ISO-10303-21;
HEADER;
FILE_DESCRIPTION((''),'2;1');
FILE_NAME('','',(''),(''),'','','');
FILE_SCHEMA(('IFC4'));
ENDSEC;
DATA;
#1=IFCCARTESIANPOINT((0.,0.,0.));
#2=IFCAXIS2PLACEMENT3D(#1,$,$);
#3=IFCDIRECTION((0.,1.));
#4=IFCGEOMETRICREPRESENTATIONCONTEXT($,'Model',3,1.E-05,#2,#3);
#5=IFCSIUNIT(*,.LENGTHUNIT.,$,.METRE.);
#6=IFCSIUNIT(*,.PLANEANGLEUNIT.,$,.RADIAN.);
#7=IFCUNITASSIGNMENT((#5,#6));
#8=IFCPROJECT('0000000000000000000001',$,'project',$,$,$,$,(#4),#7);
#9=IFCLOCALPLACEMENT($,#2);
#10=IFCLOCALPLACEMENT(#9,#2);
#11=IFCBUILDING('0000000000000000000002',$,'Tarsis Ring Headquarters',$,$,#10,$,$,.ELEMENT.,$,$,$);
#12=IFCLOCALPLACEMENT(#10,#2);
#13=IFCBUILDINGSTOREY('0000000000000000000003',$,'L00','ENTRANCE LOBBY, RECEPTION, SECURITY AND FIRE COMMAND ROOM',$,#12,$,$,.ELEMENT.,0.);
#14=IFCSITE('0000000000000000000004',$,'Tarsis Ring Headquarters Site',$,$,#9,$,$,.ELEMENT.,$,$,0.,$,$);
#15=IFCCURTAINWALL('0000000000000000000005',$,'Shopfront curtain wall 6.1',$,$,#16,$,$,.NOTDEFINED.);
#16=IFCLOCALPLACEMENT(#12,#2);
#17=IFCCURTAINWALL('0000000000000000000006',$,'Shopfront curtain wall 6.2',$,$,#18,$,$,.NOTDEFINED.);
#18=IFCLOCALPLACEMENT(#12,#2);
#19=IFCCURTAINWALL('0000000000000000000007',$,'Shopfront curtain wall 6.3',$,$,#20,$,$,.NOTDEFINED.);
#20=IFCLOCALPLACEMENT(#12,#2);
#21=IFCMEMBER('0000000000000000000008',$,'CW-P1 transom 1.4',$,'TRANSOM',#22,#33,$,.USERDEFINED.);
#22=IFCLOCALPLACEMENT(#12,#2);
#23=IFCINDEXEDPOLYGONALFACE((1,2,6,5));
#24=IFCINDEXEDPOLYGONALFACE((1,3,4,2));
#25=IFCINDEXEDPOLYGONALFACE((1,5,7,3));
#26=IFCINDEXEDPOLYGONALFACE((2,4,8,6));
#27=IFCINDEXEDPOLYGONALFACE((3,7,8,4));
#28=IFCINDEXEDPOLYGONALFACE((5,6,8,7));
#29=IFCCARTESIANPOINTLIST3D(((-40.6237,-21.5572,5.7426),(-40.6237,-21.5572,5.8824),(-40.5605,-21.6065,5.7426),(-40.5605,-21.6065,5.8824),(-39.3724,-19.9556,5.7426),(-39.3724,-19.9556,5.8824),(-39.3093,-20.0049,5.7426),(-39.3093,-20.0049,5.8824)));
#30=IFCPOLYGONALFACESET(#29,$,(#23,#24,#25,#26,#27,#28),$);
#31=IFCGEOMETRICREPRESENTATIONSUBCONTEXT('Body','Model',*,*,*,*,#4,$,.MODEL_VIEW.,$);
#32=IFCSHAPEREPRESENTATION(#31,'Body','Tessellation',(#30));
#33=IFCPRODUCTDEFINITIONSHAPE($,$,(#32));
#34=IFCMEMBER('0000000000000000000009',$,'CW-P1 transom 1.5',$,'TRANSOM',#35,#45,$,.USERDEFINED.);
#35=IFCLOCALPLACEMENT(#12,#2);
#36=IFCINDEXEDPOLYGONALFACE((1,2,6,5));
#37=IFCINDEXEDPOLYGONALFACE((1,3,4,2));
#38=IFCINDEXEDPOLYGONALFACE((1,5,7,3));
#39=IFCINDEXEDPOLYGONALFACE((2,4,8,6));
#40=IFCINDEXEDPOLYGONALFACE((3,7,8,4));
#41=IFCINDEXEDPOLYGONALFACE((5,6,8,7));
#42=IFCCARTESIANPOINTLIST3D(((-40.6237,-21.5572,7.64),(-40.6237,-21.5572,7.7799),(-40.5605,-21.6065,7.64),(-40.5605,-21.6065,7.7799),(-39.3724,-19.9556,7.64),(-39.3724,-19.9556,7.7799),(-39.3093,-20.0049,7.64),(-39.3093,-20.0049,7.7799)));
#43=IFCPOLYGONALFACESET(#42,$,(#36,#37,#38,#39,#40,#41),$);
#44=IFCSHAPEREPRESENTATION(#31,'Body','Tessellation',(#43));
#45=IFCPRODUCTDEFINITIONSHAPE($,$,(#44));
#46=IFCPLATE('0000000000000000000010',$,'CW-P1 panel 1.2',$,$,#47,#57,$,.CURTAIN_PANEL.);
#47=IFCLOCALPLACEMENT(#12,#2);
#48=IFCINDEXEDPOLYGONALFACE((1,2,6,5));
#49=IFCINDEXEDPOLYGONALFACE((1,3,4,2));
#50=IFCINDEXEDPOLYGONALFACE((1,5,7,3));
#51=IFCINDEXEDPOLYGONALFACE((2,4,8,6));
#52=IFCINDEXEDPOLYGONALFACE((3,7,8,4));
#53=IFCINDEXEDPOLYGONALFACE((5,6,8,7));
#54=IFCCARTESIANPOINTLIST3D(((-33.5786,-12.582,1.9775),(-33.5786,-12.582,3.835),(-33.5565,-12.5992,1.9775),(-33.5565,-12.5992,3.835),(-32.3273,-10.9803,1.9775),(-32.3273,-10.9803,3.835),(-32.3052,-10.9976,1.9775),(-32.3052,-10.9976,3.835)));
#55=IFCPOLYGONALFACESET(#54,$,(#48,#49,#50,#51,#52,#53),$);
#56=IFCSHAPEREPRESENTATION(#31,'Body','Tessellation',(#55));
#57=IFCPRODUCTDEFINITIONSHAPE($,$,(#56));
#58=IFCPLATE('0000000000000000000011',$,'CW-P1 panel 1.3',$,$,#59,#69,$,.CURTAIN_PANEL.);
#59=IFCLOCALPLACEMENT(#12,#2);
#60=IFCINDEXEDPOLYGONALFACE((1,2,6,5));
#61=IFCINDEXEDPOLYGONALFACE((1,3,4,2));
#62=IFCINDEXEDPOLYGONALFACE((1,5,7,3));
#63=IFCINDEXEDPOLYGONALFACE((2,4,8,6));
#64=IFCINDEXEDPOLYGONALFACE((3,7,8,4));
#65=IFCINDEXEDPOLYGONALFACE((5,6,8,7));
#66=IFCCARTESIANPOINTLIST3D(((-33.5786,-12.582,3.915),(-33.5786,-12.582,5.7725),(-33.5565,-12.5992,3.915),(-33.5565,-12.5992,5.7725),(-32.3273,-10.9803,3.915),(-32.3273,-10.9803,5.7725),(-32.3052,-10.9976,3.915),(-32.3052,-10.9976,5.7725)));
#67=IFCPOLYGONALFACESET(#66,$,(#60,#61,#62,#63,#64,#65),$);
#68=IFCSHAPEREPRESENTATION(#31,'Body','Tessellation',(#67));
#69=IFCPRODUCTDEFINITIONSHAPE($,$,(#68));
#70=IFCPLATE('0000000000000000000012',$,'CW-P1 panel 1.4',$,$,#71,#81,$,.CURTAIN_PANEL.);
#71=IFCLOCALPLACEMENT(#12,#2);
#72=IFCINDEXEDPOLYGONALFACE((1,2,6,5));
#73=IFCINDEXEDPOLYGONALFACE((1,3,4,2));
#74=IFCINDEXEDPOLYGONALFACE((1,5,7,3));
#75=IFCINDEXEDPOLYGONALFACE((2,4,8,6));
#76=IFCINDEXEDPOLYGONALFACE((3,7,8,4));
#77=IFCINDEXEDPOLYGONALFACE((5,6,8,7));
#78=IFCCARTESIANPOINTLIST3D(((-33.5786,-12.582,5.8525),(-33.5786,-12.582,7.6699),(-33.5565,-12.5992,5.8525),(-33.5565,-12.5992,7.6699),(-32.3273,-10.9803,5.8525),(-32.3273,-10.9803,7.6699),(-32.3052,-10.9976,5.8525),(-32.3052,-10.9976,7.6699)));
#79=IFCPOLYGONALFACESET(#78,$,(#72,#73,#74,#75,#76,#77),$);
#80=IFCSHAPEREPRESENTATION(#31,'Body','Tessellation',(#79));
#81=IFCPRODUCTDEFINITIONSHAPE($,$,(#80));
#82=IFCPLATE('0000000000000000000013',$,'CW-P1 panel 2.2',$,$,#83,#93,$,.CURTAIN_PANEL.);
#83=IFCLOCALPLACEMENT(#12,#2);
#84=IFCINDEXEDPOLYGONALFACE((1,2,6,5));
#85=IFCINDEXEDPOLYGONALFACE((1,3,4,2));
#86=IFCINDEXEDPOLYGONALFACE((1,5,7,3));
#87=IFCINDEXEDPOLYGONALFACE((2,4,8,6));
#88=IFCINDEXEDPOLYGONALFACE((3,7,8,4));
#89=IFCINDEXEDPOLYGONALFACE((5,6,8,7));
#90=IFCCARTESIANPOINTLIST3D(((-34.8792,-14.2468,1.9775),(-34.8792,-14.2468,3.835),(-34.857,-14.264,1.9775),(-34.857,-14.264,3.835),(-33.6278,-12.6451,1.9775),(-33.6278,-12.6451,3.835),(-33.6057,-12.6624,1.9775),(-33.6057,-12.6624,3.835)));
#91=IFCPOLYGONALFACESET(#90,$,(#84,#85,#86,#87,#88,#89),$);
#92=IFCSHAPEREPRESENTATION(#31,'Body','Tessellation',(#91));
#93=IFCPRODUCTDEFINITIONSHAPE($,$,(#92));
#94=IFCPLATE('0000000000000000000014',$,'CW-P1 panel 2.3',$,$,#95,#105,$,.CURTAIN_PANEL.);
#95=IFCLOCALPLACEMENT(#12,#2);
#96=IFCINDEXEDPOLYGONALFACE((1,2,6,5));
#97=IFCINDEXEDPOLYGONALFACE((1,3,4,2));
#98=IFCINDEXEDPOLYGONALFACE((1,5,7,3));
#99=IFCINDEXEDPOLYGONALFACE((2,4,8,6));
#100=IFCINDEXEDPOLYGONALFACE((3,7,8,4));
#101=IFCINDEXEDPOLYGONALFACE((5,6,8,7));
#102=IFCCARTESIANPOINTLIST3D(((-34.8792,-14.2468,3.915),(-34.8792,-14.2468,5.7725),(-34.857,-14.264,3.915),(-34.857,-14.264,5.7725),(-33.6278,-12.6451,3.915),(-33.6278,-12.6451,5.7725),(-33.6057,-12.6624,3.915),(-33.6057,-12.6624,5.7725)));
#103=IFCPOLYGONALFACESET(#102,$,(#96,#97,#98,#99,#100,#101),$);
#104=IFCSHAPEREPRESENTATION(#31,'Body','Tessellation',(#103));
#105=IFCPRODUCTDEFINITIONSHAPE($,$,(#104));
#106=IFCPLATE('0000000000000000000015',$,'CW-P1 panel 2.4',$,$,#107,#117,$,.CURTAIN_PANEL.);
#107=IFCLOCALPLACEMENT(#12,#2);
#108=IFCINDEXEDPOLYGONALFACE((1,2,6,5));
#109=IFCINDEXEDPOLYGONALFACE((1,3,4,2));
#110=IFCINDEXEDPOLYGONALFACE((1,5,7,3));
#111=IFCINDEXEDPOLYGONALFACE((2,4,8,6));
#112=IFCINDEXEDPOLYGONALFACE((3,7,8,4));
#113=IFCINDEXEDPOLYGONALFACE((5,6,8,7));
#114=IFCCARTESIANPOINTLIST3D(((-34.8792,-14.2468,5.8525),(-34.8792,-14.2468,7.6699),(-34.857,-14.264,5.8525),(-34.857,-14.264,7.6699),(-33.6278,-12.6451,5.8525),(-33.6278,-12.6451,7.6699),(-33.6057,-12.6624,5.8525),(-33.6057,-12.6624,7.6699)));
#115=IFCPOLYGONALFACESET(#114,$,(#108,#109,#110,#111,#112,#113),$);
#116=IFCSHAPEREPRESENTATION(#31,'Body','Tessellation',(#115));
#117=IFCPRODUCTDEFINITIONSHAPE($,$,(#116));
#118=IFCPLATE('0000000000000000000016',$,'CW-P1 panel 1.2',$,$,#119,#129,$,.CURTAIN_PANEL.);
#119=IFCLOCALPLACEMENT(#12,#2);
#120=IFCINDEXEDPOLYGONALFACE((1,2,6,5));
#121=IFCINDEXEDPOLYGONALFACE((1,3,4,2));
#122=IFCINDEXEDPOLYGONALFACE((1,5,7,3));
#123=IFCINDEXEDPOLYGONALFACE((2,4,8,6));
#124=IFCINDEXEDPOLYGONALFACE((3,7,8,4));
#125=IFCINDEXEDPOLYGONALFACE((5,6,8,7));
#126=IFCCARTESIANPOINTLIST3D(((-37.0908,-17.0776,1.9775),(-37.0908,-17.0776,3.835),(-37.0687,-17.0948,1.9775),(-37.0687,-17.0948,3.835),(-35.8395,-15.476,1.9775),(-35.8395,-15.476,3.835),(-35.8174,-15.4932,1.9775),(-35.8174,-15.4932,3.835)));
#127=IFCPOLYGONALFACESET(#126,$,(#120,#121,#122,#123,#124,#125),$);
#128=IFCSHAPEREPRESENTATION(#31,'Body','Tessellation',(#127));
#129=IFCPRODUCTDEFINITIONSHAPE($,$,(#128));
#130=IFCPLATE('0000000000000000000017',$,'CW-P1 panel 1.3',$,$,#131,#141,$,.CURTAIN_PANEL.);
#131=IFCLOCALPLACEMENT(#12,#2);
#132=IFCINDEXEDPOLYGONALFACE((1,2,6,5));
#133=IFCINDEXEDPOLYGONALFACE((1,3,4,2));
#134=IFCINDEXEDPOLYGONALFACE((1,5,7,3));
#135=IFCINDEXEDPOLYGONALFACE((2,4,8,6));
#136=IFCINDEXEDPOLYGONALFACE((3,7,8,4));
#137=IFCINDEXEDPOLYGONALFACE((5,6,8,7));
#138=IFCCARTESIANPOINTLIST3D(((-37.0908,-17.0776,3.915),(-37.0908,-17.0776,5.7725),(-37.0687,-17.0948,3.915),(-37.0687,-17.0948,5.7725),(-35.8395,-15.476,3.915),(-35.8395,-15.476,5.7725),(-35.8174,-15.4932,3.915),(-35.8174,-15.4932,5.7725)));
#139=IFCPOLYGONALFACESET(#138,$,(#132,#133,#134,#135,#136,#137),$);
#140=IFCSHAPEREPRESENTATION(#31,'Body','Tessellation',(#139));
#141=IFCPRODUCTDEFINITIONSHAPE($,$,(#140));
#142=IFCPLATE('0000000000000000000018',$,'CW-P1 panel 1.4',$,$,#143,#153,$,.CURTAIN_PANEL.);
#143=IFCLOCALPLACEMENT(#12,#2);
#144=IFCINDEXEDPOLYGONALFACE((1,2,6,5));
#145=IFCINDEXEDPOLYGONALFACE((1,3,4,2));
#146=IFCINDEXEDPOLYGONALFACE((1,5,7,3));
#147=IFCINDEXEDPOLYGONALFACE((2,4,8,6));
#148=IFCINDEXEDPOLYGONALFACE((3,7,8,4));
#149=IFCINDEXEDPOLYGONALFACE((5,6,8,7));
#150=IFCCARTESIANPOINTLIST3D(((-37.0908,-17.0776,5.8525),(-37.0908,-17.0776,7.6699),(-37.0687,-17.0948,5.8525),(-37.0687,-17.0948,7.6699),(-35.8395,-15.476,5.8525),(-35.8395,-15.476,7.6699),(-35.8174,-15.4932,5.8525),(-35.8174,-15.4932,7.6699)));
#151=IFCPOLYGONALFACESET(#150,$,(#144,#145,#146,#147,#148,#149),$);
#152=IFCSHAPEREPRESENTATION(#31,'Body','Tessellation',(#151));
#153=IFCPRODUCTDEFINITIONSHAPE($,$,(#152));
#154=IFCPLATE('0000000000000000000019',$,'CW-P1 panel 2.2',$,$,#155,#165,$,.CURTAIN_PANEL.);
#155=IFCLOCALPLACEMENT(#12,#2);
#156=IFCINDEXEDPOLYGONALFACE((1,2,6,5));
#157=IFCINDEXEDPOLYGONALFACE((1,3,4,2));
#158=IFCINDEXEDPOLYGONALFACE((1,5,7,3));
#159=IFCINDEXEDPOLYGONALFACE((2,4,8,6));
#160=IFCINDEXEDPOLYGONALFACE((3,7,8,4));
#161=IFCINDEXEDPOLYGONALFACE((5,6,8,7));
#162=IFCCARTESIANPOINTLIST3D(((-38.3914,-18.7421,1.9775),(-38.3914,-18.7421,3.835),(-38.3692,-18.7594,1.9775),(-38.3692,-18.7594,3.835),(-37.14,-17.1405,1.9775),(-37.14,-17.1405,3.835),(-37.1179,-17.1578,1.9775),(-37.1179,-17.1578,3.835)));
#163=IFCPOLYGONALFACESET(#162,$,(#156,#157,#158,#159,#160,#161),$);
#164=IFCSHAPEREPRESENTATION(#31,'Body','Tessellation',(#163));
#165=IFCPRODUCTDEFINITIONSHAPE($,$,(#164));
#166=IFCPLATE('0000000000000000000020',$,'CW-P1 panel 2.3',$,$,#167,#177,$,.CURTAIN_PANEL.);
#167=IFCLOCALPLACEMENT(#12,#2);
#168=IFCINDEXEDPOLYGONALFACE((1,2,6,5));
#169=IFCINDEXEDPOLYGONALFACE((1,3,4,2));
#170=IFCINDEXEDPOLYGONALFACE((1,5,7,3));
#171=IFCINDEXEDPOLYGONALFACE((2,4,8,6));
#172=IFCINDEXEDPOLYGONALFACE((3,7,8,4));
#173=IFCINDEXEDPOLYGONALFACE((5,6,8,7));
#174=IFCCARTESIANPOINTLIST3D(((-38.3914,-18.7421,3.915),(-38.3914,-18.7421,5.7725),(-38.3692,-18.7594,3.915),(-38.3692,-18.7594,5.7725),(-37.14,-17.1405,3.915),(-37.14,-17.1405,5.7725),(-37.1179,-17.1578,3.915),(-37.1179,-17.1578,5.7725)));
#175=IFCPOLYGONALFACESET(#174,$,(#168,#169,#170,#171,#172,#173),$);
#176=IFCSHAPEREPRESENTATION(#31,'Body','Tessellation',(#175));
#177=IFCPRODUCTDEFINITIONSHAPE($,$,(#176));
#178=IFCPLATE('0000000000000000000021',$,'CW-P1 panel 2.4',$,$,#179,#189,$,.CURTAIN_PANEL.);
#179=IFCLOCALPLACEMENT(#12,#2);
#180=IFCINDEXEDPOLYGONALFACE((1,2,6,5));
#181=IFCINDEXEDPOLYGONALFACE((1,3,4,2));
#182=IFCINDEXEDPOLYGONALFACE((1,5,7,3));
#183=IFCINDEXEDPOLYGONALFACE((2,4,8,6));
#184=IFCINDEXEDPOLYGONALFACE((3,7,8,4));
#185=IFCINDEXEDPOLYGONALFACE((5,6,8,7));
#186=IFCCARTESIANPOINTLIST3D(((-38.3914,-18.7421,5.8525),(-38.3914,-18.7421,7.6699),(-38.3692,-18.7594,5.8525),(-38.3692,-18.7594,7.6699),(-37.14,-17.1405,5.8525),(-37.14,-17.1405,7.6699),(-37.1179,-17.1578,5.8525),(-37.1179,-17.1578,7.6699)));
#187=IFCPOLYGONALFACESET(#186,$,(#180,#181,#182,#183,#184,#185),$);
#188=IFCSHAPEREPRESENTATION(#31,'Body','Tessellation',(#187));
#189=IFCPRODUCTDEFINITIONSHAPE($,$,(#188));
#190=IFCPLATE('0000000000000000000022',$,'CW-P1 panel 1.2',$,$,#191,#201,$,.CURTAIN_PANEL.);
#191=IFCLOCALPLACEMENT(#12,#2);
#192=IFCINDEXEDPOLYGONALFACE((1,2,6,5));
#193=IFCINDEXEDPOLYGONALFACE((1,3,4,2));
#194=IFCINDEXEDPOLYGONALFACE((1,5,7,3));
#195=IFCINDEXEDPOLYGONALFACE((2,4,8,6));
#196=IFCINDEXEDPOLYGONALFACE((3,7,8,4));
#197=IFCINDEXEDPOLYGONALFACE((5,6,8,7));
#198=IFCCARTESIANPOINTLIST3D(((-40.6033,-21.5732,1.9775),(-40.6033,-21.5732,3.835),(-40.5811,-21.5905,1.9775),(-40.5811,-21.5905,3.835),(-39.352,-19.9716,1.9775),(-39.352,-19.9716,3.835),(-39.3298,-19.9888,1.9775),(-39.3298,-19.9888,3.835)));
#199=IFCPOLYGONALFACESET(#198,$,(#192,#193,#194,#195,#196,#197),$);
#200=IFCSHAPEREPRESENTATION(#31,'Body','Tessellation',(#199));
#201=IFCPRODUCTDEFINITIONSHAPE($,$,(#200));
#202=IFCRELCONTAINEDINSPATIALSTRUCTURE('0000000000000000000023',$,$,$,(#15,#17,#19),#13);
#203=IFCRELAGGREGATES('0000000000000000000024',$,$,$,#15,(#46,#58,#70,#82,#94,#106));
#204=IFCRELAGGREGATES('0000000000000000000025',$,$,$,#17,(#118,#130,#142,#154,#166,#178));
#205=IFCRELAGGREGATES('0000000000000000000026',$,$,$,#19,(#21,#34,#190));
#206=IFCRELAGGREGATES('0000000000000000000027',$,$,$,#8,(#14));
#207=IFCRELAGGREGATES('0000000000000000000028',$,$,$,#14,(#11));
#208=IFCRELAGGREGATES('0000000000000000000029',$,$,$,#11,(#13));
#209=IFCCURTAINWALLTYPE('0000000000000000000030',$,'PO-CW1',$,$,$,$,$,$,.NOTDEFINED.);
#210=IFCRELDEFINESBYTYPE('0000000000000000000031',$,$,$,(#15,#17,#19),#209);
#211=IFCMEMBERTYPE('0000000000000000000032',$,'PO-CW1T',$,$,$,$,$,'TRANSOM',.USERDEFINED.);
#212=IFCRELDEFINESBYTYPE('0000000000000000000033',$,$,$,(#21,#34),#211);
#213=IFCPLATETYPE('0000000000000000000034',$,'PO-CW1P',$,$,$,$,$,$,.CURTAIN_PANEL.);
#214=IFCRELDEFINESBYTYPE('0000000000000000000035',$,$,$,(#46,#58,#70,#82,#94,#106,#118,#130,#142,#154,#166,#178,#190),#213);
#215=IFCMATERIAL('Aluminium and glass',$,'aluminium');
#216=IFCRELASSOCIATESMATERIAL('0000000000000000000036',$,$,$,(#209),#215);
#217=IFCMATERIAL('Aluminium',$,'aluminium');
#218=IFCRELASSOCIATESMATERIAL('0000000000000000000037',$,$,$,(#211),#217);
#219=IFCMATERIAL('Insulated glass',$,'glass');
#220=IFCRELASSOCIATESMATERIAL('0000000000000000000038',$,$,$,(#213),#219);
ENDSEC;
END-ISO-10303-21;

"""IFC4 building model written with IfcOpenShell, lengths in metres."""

from ifc_helpers import new_model, si_unit, direction, frame, origin, origin_2d, place, context, subcontext, project, spatial, rectangle, extrude, material, material_profile, profile_set, type_object, element, aggregate, save


model = new_model("IFC4")

# Units and contexts
model_context = context("Model", 3, precision=1e-05, world=origin(), true_north=direction((0.0, 1.0)))
body_context = subcontext(model_context, "Body", "Model", "MODEL_VIEW")
ifc_project = project(units=[si_unit("LENGTHUNIT", "METRE"), si_unit("PLANEANGLEUNIT", "RADIAN")], contexts=[model_context])

# Site, building, storey
site_placement = place(None, origin())
site = spatial("IfcSite", under=ifc_project, at=site_placement, Name="Tarsis Ring Headquarters Site", CompositionType="ELEMENT", RefElevation=0.0)
building_placement = place(site_placement, origin())
building = spatial("IfcBuilding", under=site, at=building_placement, Name="Tarsis Ring Headquarters", CompositionType="ELEMENT")
storey_placement = place(building_placement, origin())
storey = spatial("IfcBuildingStorey", under=building, at=storey_placement, Name="L00", Description="ENTRANCE LOBBY, RECEPTION, SECURITY AND FIRE COMMAND ROOM", CompositionType="ELEMENT", Elevation=0.0)

# Curtain walls, members
ifc_material_1 = material(Name="Aluminium and glass", Category="aluminium")
curtain_wall_type = type_object("IfcCurtainWallType", Name="PO-CW1", PredefinedType="NOTDEFINED", material=ifc_material_1)
curtain_wall_1_placement = place(storey_placement, origin())
curtain_wall_1 = element("IfcCurtainWall", 1, at=curtain_wall_1_placement, inside=storey, type_object=curtain_wall_type, Name="Shopfront curtain wall 6.1", PredefinedType="NOTDEFINED")
ifc_material_2 = material(Name="Aluminium", Category="aluminium")
ifc_material_profile = material_profile(ifc_material_2, rectangle(XDim=0.0801, YDim=0.1399, at=origin_2d()), Name="PO-CW1T")
ifc_profile_set = profile_set([ifc_material_profile], Name="Aluminium")
member_type = type_object("IfcMemberType", Name="PO-CW1T", ElementType="TRANSOM", PredefinedType="USERDEFINED", material=ifc_profile_set)
curtain_wall_2_placement = place(storey_placement, origin())
curtain_wall_2 = element("IfcCurtainWall", 2, at=curtain_wall_2_placement, inside=storey, type_object=curtain_wall_type, Name="Shopfront curtain wall 6.2", PredefinedType="NOTDEFINED")
curtain_wall_3_placement = place(storey_placement, origin())
curtain_wall_3 = element("IfcCurtainWall", 3, at=curtain_wall_3_placement, inside=storey, type_object=curtain_wall_type, Name="Shopfront curtain wall 6.3", PredefinedType="NOTDEFINED")
member_1_placement = place(storey_placement, frame((-39.3408, -19.9802, 5.8125), z_axis=(-0.615644, -0.788024, 0.0), x_axis=(0.788024, -0.615644, 0.0)))
member_1 = element("IfcMember", 4, at=member_1_placement, type_object=member_type, Name="CW-P1 transom 1.4", ObjectType="TRANSOM", PredefinedType="USERDEFINED", context=body_context, shape_type="SweptSolid", body=[
    extrude(rectangle(XDim=0.0801, YDim=0.1399, at=origin_2d()), origin(), (0.0, 0.0, 1.0), 2.0325),
])
member_2_placement = place(storey_placement, frame((-39.3408, -19.9802, 7.71), z_axis=(-0.615644, -0.788024, 0.0), x_axis=(0.788024, -0.615644, 0.0)))
member_2 = element("IfcMember", 5, at=member_2_placement, type_object=member_type, Name="CW-P1 transom 1.5", ObjectType="TRANSOM", PredefinedType="USERDEFINED", context=body_context, shape_type="SweptSolid", body=[
    extrude(rectangle(XDim=0.0801, YDim=0.1399, at=origin_2d()), origin(), (0.0, 0.0, 1.0), 2.0325),
])

# Plates
ifc_material_3 = material(Name="Insulated glass", Category="glass")
plate_type = type_object("IfcPlateType", Name="PO-CW1P", PredefinedType="CURTAIN_PANEL", material=ifc_material_3)
plate_1_placement = place(storey_placement, frame((-32.9419, -11.7898, 1.9775), z_axis=(0.0, 0.0, 1.0), x_axis=(-0.615662, -0.788011, 0.0)))
plate_1 = element("IfcPlate", 6, at=plate_1_placement, type_object=plate_type, Name="CW-P1 panel 1.2", PredefinedType="CURTAIN_PANEL", context=body_context, shape_type="SweptSolid", body=[
    extrude(rectangle(XDim=2.0325, YDim=0.0281, at=origin_2d()), origin(), (0.0, 0.0, 1.0), 1.8574),
])
plate_2_placement = place(storey_placement, frame((-32.9419, -11.7898, 3.915), z_axis=(0.0, 0.0, 1.0), x_axis=(-0.615662, -0.788011, 0.0)))
plate_2 = element("IfcPlate", 7, at=plate_2_placement, type_object=plate_type, Name="CW-P1 panel 1.3", PredefinedType="CURTAIN_PANEL", context=body_context, shape_type="SweptSolid", body=[
    extrude(rectangle(XDim=2.0325, YDim=0.0281, at=origin_2d()), origin(), (0.0, 0.0, 1.0), 1.8574),
])
plate_3_placement = place(storey_placement, frame((-32.9419, -11.7898, 5.8525), z_axis=(0.0, 0.0, 1.0), x_axis=(-0.615662, -0.788011, 0.0)))
plate_3 = element("IfcPlate", 8, at=plate_3_placement, type_object=plate_type, Name="CW-P1 panel 1.4", PredefinedType="CURTAIN_PANEL", context=body_context, shape_type="SweptSolid", body=[
    extrude(rectangle(XDim=2.0325, YDim=0.0281, at=origin_2d()), origin(), (0.0, 0.0, 1.0), 1.8174),
])
plate_4_placement = place(storey_placement, frame((-34.2424, -13.4546, 1.9775), z_axis=(0.0, 0.0, 1.0), x_axis=(-0.615662, -0.788011, 0.0)))
plate_4 = element("IfcPlate", 9, at=plate_4_placement, type_object=plate_type, Name="CW-P1 panel 2.2", PredefinedType="CURTAIN_PANEL", context=body_context, shape_type="SweptSolid", body=[
    extrude(rectangle(XDim=2.0325, YDim=0.0281, at=origin_2d()), origin(), (0.0, 0.0, 1.0), 1.8574),
])
plate_5_placement = place(storey_placement, frame((-34.2424, -13.4546, 3.915), z_axis=(0.0, 0.0, 1.0), x_axis=(-0.615662, -0.788011, 0.0)))
plate_5 = element("IfcPlate", 10, at=plate_5_placement, type_object=plate_type, Name="CW-P1 panel 2.3", PredefinedType="CURTAIN_PANEL", context=body_context, shape_type="SweptSolid", body=[
    extrude(rectangle(XDim=2.0325, YDim=0.0281, at=origin_2d()), origin(), (0.0, 0.0, 1.0), 1.8574),
])
plate_6_placement = place(storey_placement, frame((-34.2424, -13.4546, 5.8525), z_axis=(0.0, 0.0, 1.0), x_axis=(-0.615662, -0.788011, 0.0)))
plate_6 = element("IfcPlate", 11, at=plate_6_placement, type_object=plate_type, Name="CW-P1 panel 2.4", PredefinedType="CURTAIN_PANEL", context=body_context, shape_type="SweptSolid", body=[
    extrude(rectangle(XDim=2.0325, YDim=0.0281, at=origin_2d()), origin(), (0.0, 0.0, 1.0), 1.8174),
])
aggregate(curtain_wall_1, [plate_1, plate_2, plate_3, plate_4, plate_5, plate_6])
plate_7_placement = place(storey_placement, frame((-36.4541, -16.2854, 1.9775), z_axis=(0.0, 0.0, 1.0), x_axis=(-0.615661, -0.788011, 0.0)))
plate_7 = element("IfcPlate", 12, at=plate_7_placement, type_object=plate_type, Name="CW-P1 panel 1.2", PredefinedType="CURTAIN_PANEL", context=body_context, shape_type="SweptSolid", body=[
    extrude(rectangle(XDim=2.0325, YDim=0.0281, at=origin_2d()), origin(), (0.0, 0.0, 1.0), 1.8574),
])
plate_8_placement = place(storey_placement, frame((-36.4541, -16.2854, 3.915), z_axis=(0.0, 0.0, 1.0), x_axis=(-0.615661, -0.788011, 0.0)))
plate_8 = element("IfcPlate", 13, at=plate_8_placement, type_object=plate_type, Name="CW-P1 panel 1.3", PredefinedType="CURTAIN_PANEL", context=body_context, shape_type="SweptSolid", body=[
    extrude(rectangle(XDim=2.0325, YDim=0.0281, at=origin_2d()), origin(), (0.0, 0.0, 1.0), 1.8574),
])
plate_9_placement = place(storey_placement, frame((-36.4541, -16.2854, 5.8525), z_axis=(0.0, 0.0, 1.0), x_axis=(-0.615661, -0.788011, 0.0)))
plate_9 = element("IfcPlate", 14, at=plate_9_placement, type_object=plate_type, Name="CW-P1 panel 1.4", PredefinedType="CURTAIN_PANEL", context=body_context, shape_type="SweptSolid", body=[
    extrude(rectangle(XDim=2.0325, YDim=0.0281, at=origin_2d()), origin(), (0.0, 0.0, 1.0), 1.8174),
])
plate_10_placement = place(storey_placement, frame((-37.7546, -17.95, 1.9775), z_axis=(0.0, 0.0, 1.0), x_axis=(-0.615661, -0.788011, 0.0)))
plate_10 = element("IfcPlate", 15, at=plate_10_placement, type_object=plate_type, Name="CW-P1 panel 2.2", PredefinedType="CURTAIN_PANEL", context=body_context, shape_type="SweptSolid", body=[
    extrude(rectangle(XDim=2.0325, YDim=0.0281, at=origin_2d()), origin(), (0.0, 0.0, 1.0), 1.8574),
])
plate_11_placement = place(storey_placement, frame((-37.7546, -17.95, 3.915), z_axis=(0.0, 0.0, 1.0), x_axis=(-0.615661, -0.788011, 0.0)))
plate_11 = element("IfcPlate", 16, at=plate_11_placement, type_object=plate_type, Name="CW-P1 panel 2.3", PredefinedType="CURTAIN_PANEL", context=body_context, shape_type="SweptSolid", body=[
    extrude(rectangle(XDim=2.0325, YDim=0.0281, at=origin_2d()), origin(), (0.0, 0.0, 1.0), 1.8574),
])
plate_12_placement = place(storey_placement, frame((-37.7546, -17.95, 5.8525), z_axis=(0.0, 0.0, 1.0), x_axis=(-0.615661, -0.788011, 0.0)))
plate_12 = element("IfcPlate", 17, at=plate_12_placement, type_object=plate_type, Name="CW-P1 panel 2.4", PredefinedType="CURTAIN_PANEL", context=body_context, shape_type="SweptSolid", body=[
    extrude(rectangle(XDim=2.0325, YDim=0.0281, at=origin_2d()), origin(), (0.0, 0.0, 1.0), 1.8174),
])
aggregate(curtain_wall_2, [plate_7, plate_8, plate_9, plate_10, plate_11, plate_12])
plate_13_placement = place(storey_placement, frame((-39.9666, -20.781, 1.9775), z_axis=(0.0, 0.0, 1.0), x_axis=(-0.615662, -0.788011, 0.0)))
plate_13 = element("IfcPlate", 18, at=plate_13_placement, type_object=plate_type, Name="CW-P1 panel 1.2", PredefinedType="CURTAIN_PANEL", context=body_context, shape_type="SweptSolid", body=[
    extrude(rectangle(XDim=2.0325, YDim=0.0281, at=origin_2d()), origin(), (0.0, 0.0, 1.0), 1.8574),
])
aggregate(curtain_wall_3, [member_1, member_2, plate_13])

save(model, "model.ifc")
